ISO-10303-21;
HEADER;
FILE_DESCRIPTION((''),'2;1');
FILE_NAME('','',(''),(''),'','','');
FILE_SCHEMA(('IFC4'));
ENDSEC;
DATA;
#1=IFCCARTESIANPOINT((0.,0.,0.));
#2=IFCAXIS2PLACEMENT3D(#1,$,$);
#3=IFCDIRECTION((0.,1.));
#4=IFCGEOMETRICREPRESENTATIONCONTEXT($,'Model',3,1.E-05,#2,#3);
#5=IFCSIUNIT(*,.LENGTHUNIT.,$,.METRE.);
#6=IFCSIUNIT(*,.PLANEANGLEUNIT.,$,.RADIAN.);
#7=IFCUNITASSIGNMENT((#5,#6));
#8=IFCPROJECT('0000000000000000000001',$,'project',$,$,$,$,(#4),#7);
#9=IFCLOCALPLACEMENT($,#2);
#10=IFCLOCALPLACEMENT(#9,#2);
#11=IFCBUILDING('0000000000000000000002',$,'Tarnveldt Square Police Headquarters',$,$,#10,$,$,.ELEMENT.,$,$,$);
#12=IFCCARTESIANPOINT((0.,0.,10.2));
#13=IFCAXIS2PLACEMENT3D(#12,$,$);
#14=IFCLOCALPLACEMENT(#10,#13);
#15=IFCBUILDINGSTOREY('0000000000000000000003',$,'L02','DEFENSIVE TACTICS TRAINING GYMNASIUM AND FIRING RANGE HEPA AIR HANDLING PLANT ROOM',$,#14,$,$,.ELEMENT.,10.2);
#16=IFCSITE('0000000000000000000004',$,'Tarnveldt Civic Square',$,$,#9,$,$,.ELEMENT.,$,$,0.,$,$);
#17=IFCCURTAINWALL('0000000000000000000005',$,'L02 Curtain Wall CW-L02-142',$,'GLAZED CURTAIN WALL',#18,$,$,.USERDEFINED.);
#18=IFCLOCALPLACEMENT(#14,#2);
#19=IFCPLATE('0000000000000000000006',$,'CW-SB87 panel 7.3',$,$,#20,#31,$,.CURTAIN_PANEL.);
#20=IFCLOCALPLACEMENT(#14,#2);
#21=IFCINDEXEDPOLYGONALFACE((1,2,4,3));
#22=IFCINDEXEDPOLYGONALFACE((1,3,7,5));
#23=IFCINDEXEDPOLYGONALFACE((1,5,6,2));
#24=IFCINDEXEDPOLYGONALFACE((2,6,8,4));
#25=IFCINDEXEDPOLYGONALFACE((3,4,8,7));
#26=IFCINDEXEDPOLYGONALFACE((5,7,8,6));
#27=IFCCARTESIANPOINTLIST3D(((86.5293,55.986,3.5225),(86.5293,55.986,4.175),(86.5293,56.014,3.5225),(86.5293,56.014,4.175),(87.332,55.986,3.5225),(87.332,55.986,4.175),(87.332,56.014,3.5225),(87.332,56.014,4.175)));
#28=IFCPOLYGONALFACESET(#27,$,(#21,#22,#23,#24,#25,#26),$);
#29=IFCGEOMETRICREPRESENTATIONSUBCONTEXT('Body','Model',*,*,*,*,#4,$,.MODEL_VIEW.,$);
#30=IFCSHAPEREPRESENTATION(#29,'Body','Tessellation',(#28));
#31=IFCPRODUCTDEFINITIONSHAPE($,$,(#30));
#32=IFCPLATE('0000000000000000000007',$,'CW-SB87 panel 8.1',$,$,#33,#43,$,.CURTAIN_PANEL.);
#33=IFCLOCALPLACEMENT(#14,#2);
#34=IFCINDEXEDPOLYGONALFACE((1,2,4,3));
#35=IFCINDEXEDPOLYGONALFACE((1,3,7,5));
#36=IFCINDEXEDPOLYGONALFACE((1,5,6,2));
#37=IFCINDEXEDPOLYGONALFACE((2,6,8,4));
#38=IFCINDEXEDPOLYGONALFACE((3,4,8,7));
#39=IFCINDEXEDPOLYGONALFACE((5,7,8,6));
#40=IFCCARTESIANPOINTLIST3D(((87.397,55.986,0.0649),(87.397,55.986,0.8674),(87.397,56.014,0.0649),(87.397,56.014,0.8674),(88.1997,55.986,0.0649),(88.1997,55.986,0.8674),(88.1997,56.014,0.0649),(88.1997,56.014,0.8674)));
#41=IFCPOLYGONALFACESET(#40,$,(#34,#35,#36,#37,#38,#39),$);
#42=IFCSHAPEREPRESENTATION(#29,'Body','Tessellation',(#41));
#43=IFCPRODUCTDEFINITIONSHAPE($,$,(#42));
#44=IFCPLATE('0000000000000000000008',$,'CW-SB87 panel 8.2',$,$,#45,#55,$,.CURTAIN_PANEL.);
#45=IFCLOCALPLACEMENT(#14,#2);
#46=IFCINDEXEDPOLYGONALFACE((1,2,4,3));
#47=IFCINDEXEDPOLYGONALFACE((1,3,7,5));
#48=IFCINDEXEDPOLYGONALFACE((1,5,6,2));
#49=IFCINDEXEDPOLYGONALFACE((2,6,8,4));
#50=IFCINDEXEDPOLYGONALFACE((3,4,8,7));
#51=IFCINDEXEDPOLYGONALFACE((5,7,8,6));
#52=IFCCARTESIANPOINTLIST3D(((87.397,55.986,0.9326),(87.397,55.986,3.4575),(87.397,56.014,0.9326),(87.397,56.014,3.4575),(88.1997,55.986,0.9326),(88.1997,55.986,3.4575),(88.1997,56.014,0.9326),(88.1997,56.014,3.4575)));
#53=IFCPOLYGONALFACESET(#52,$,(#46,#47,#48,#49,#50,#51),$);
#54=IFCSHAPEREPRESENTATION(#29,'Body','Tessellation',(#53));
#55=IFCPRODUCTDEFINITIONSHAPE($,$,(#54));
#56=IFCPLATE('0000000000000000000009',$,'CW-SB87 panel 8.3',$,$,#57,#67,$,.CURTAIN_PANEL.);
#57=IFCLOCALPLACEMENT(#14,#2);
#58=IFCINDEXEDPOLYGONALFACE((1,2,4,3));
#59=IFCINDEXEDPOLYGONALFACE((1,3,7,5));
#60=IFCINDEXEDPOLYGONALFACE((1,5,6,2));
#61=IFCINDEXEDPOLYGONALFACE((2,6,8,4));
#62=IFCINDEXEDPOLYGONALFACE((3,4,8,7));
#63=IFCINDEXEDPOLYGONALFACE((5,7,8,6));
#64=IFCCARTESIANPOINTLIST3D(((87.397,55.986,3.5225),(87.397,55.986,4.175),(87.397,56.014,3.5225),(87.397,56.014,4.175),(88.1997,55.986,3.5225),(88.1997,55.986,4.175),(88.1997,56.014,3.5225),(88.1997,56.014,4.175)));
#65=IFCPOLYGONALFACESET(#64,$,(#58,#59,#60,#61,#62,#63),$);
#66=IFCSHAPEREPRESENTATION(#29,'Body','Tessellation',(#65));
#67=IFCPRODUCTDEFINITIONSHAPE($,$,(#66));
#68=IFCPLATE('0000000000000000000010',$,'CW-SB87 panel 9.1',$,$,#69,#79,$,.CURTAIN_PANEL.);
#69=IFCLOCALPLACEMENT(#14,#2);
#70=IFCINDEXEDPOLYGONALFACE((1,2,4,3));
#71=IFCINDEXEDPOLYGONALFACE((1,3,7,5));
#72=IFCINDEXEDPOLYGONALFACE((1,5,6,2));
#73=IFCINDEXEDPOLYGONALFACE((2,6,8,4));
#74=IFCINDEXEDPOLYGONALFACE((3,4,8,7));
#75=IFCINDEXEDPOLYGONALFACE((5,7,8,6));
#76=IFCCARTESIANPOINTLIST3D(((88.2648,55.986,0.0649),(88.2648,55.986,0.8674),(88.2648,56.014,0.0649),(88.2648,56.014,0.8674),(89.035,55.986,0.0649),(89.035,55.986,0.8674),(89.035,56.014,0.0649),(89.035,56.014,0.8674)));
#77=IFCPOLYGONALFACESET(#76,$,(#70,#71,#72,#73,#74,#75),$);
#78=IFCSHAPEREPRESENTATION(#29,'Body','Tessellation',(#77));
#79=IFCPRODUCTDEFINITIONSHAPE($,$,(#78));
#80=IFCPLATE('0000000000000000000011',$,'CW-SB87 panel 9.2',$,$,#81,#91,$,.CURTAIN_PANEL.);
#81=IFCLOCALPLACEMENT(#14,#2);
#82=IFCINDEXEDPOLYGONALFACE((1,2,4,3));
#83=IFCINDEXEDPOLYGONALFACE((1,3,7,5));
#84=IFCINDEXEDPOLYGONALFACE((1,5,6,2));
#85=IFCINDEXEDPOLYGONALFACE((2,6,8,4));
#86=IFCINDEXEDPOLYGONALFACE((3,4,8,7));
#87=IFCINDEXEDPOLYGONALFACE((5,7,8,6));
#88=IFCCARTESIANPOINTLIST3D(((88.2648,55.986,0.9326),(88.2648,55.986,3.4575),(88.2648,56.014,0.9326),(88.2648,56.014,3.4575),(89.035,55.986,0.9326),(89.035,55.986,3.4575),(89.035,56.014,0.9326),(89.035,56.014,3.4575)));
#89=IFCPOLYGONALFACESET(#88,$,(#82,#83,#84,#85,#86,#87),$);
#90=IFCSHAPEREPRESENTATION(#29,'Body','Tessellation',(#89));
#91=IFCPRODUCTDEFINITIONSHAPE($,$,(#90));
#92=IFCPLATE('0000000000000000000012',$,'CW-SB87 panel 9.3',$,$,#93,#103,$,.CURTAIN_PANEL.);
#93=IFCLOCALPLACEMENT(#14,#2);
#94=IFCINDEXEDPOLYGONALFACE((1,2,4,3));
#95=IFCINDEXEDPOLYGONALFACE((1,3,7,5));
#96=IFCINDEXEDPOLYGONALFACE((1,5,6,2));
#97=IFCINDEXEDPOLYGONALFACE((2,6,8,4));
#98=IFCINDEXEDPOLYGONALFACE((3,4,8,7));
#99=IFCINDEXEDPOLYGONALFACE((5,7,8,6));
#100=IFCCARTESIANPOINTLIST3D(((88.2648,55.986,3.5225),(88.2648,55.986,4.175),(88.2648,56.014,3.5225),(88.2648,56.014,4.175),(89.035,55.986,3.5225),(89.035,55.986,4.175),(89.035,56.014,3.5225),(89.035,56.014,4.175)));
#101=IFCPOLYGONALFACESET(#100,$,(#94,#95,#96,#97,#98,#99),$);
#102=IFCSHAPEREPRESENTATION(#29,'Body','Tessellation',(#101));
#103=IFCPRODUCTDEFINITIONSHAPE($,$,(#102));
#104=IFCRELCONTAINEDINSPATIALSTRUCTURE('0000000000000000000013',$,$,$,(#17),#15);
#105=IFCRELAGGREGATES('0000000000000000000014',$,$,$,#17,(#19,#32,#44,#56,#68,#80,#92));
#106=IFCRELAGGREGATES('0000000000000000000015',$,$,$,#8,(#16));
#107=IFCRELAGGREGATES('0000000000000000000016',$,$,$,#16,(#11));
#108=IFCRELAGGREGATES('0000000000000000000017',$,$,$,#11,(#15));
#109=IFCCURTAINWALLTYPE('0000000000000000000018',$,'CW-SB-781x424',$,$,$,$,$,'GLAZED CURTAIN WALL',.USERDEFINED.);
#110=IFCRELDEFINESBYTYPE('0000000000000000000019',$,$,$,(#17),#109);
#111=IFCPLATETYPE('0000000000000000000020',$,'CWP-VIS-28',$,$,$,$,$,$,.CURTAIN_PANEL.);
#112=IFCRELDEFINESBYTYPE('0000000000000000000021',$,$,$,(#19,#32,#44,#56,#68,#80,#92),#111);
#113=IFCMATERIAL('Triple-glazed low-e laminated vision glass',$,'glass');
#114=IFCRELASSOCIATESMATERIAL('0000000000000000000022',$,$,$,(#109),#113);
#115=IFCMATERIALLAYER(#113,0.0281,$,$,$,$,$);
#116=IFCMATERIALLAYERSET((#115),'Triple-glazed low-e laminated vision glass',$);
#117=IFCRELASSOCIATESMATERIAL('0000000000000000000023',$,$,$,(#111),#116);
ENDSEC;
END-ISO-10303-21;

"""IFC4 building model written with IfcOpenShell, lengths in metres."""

from ifc_helpers import new_model, si_unit, direction, frame, origin, origin_2d, place, context, subcontext, project, spatial, rectangle, extrude, material, layer, layer_set, type_object, element, aggregate, save


model = new_model("IFC4")

# Units and contexts
model_context = context("Model", 3, precision=1e-05, world=origin(), true_north=direction((0.0, 1.0)))
body_context = subcontext(model_context, "Body", "Model", "MODEL_VIEW")
ifc_project = project(units=[si_unit("LENGTHUNIT", "METRE"), si_unit("PLANEANGLEUNIT", "RADIAN")], contexts=[model_context])

# Site, building, storey
site_placement = place(None, origin())
site = spatial("IfcSite", under=ifc_project, at=site_placement, Name="Tarnveldt Civic Square", CompositionType="ELEMENT", RefElevation=0.0)
building_placement = place(site_placement, origin())
building = spatial("IfcBuilding", under=site, at=building_placement, Name="Tarnveldt Square Police Headquarters", CompositionType="ELEMENT")
storey_placement = place(building_placement, frame((0.0, 0.0, 10.2)))
storey = spatial("IfcBuildingStorey", under=building, at=storey_placement, Name="L02", Description="DEFENSIVE TACTICS TRAINING GYMNASIUM AND FIRING RANGE HEPA AIR HANDLING PLANT ROOM", CompositionType="ELEMENT", Elevation=10.2)

# Curtain wall, plates
ifc_material_1 = material(Name="Triple-glazed low-e laminated vision glass", Category="glass")
curtain_wall_type = type_object("IfcCurtainWallType", Name="CW-SB-781x424", ElementType="GLAZED CURTAIN WALL", PredefinedType="USERDEFINED", material=ifc_material_1)
curtain_wall_placement = place(storey_placement, origin())
curtain_wall = element("IfcCurtainWall", 1, at=curtain_wall_placement, inside=storey, type_object=curtain_wall_type, Name="L02 Curtain Wall CW-L02-142", ObjectType="GLAZED CURTAIN WALL", PredefinedType="USERDEFINED")
ifc_layer = layer(ifc_material_1, 0.0281)
ifc_layer_set = layer_set([ifc_layer], Name="Triple-glazed low-e laminated vision glass")
plate_type = type_object("IfcPlateType", Name="CWP-VIS-28", PredefinedType="CURTAIN_PANEL", material=ifc_layer_set)
plate_1_placement = place(storey_placement, frame((86.9307, 56.0, 3.5225), z_axis=(0.0, 0.0, 1.0), x_axis=(1.0, 0.0, 0.0)))
plate_1 = element("IfcPlate", 2, at=plate_1_placement, type_object=plate_type, Name="CW-SB87 panel 7.3", PredefinedType="CURTAIN_PANEL", context=body_context, shape_type="SweptSolid", body=[
    extrude(rectangle(XDim=0.8027, YDim=0.0281, at=origin_2d()), origin(), (0.0, 0.0, 1.0), 0.6526),
])
plate_2_placement = place(storey_placement, frame((87.7983, 56.0, 0.0649), z_axis=(0.0, 0.0, 1.0), x_axis=(1.0, 0.0, 0.0)))
plate_2 = element("IfcPlate", 3, at=plate_2_placement, type_object=plate_type, Name="CW-SB87 panel 8.1", PredefinedType="CURTAIN_PANEL", context=body_context, shape_type="SweptSolid", body=[
    extrude(rectangle(XDim=0.8027, YDim=0.0281, at=origin_2d()), origin(), (0.0, 0.0, 1.0), 0.8025),
])
plate_3_placement = place(storey_placement, frame((87.7983, 56.0, 0.9326), z_axis=(0.0, 0.0, 1.0), x_axis=(1.0, 0.0, 0.0)))
plate_3 = element("IfcPlate", 4, at=plate_3_placement, type_object=plate_type, Name="CW-SB87 panel 8.2", PredefinedType="CURTAIN_PANEL", context=body_context, shape_type="SweptSolid", body=[
    extrude(rectangle(XDim=0.8027, YDim=0.0281, at=origin_2d()), origin(), (0.0, 0.0, 1.0), 2.5249),
])
plate_4_placement = place(storey_placement, frame((87.7983, 56.0, 3.5225), z_axis=(0.0, 0.0, 1.0), x_axis=(1.0, 0.0, 0.0)))
plate_4 = element("IfcPlate", 5, at=plate_4_placement, type_object=plate_type, Name="CW-SB87 panel 8.3", PredefinedType="CURTAIN_PANEL", context=body_context, shape_type="SweptSolid", body=[
    extrude(rectangle(XDim=0.8027, YDim=0.0281, at=origin_2d()), origin(), (0.0, 0.0, 1.0), 0.6526),
])
plate_5_placement = place(storey_placement, frame((88.6499, 56.0, 0.0649), z_axis=(0.0, 0.0, 1.0), x_axis=(1.0, 0.0, 0.0)))
plate_5 = element("IfcPlate", 6, at=plate_5_placement, type_object=plate_type, Name="CW-SB87 panel 9.1", PredefinedType="CURTAIN_PANEL", context=body_context, shape_type="SweptSolid", body=[
    extrude(rectangle(XDim=0.7703, YDim=0.0281, at=origin_2d()), origin(), (0.0, 0.0, 1.0), 0.8025),
])
plate_6_placement = place(storey_placement, frame((88.6499, 56.0, 0.9326), z_axis=(0.0, 0.0, 1.0), x_axis=(1.0, 0.0, 0.0)))
plate_6 = element("IfcPlate", 7, at=plate_6_placement, type_object=plate_type, Name="CW-SB87 panel 9.2", PredefinedType="CURTAIN_PANEL", context=body_context, shape_type="SweptSolid", body=[
    extrude(rectangle(XDim=0.7703, YDim=0.0281, at=origin_2d()), origin(), (0.0, 0.0, 1.0), 2.5249),
])
plate_7_placement = place(storey_placement, frame((88.6499, 56.0, 3.5225), z_axis=(0.0, 0.0, 1.0), x_axis=(1.0, 0.0, 0.0)))
plate_7 = element("IfcPlate", 8, at=plate_7_placement, type_object=plate_type, Name="CW-SB87 panel 9.3", PredefinedType="CURTAIN_PANEL", context=body_context, shape_type="SweptSolid", body=[
    extrude(rectangle(XDim=0.7703, YDim=0.0281, at=origin_2d()), origin(), (0.0, 0.0, 1.0), 0.6526),
])
aggregate(curtain_wall, [plate_1, plate_2, plate_3, plate_4, plate_5, plate_6, plate_7])

save(model, "model.ifc")
